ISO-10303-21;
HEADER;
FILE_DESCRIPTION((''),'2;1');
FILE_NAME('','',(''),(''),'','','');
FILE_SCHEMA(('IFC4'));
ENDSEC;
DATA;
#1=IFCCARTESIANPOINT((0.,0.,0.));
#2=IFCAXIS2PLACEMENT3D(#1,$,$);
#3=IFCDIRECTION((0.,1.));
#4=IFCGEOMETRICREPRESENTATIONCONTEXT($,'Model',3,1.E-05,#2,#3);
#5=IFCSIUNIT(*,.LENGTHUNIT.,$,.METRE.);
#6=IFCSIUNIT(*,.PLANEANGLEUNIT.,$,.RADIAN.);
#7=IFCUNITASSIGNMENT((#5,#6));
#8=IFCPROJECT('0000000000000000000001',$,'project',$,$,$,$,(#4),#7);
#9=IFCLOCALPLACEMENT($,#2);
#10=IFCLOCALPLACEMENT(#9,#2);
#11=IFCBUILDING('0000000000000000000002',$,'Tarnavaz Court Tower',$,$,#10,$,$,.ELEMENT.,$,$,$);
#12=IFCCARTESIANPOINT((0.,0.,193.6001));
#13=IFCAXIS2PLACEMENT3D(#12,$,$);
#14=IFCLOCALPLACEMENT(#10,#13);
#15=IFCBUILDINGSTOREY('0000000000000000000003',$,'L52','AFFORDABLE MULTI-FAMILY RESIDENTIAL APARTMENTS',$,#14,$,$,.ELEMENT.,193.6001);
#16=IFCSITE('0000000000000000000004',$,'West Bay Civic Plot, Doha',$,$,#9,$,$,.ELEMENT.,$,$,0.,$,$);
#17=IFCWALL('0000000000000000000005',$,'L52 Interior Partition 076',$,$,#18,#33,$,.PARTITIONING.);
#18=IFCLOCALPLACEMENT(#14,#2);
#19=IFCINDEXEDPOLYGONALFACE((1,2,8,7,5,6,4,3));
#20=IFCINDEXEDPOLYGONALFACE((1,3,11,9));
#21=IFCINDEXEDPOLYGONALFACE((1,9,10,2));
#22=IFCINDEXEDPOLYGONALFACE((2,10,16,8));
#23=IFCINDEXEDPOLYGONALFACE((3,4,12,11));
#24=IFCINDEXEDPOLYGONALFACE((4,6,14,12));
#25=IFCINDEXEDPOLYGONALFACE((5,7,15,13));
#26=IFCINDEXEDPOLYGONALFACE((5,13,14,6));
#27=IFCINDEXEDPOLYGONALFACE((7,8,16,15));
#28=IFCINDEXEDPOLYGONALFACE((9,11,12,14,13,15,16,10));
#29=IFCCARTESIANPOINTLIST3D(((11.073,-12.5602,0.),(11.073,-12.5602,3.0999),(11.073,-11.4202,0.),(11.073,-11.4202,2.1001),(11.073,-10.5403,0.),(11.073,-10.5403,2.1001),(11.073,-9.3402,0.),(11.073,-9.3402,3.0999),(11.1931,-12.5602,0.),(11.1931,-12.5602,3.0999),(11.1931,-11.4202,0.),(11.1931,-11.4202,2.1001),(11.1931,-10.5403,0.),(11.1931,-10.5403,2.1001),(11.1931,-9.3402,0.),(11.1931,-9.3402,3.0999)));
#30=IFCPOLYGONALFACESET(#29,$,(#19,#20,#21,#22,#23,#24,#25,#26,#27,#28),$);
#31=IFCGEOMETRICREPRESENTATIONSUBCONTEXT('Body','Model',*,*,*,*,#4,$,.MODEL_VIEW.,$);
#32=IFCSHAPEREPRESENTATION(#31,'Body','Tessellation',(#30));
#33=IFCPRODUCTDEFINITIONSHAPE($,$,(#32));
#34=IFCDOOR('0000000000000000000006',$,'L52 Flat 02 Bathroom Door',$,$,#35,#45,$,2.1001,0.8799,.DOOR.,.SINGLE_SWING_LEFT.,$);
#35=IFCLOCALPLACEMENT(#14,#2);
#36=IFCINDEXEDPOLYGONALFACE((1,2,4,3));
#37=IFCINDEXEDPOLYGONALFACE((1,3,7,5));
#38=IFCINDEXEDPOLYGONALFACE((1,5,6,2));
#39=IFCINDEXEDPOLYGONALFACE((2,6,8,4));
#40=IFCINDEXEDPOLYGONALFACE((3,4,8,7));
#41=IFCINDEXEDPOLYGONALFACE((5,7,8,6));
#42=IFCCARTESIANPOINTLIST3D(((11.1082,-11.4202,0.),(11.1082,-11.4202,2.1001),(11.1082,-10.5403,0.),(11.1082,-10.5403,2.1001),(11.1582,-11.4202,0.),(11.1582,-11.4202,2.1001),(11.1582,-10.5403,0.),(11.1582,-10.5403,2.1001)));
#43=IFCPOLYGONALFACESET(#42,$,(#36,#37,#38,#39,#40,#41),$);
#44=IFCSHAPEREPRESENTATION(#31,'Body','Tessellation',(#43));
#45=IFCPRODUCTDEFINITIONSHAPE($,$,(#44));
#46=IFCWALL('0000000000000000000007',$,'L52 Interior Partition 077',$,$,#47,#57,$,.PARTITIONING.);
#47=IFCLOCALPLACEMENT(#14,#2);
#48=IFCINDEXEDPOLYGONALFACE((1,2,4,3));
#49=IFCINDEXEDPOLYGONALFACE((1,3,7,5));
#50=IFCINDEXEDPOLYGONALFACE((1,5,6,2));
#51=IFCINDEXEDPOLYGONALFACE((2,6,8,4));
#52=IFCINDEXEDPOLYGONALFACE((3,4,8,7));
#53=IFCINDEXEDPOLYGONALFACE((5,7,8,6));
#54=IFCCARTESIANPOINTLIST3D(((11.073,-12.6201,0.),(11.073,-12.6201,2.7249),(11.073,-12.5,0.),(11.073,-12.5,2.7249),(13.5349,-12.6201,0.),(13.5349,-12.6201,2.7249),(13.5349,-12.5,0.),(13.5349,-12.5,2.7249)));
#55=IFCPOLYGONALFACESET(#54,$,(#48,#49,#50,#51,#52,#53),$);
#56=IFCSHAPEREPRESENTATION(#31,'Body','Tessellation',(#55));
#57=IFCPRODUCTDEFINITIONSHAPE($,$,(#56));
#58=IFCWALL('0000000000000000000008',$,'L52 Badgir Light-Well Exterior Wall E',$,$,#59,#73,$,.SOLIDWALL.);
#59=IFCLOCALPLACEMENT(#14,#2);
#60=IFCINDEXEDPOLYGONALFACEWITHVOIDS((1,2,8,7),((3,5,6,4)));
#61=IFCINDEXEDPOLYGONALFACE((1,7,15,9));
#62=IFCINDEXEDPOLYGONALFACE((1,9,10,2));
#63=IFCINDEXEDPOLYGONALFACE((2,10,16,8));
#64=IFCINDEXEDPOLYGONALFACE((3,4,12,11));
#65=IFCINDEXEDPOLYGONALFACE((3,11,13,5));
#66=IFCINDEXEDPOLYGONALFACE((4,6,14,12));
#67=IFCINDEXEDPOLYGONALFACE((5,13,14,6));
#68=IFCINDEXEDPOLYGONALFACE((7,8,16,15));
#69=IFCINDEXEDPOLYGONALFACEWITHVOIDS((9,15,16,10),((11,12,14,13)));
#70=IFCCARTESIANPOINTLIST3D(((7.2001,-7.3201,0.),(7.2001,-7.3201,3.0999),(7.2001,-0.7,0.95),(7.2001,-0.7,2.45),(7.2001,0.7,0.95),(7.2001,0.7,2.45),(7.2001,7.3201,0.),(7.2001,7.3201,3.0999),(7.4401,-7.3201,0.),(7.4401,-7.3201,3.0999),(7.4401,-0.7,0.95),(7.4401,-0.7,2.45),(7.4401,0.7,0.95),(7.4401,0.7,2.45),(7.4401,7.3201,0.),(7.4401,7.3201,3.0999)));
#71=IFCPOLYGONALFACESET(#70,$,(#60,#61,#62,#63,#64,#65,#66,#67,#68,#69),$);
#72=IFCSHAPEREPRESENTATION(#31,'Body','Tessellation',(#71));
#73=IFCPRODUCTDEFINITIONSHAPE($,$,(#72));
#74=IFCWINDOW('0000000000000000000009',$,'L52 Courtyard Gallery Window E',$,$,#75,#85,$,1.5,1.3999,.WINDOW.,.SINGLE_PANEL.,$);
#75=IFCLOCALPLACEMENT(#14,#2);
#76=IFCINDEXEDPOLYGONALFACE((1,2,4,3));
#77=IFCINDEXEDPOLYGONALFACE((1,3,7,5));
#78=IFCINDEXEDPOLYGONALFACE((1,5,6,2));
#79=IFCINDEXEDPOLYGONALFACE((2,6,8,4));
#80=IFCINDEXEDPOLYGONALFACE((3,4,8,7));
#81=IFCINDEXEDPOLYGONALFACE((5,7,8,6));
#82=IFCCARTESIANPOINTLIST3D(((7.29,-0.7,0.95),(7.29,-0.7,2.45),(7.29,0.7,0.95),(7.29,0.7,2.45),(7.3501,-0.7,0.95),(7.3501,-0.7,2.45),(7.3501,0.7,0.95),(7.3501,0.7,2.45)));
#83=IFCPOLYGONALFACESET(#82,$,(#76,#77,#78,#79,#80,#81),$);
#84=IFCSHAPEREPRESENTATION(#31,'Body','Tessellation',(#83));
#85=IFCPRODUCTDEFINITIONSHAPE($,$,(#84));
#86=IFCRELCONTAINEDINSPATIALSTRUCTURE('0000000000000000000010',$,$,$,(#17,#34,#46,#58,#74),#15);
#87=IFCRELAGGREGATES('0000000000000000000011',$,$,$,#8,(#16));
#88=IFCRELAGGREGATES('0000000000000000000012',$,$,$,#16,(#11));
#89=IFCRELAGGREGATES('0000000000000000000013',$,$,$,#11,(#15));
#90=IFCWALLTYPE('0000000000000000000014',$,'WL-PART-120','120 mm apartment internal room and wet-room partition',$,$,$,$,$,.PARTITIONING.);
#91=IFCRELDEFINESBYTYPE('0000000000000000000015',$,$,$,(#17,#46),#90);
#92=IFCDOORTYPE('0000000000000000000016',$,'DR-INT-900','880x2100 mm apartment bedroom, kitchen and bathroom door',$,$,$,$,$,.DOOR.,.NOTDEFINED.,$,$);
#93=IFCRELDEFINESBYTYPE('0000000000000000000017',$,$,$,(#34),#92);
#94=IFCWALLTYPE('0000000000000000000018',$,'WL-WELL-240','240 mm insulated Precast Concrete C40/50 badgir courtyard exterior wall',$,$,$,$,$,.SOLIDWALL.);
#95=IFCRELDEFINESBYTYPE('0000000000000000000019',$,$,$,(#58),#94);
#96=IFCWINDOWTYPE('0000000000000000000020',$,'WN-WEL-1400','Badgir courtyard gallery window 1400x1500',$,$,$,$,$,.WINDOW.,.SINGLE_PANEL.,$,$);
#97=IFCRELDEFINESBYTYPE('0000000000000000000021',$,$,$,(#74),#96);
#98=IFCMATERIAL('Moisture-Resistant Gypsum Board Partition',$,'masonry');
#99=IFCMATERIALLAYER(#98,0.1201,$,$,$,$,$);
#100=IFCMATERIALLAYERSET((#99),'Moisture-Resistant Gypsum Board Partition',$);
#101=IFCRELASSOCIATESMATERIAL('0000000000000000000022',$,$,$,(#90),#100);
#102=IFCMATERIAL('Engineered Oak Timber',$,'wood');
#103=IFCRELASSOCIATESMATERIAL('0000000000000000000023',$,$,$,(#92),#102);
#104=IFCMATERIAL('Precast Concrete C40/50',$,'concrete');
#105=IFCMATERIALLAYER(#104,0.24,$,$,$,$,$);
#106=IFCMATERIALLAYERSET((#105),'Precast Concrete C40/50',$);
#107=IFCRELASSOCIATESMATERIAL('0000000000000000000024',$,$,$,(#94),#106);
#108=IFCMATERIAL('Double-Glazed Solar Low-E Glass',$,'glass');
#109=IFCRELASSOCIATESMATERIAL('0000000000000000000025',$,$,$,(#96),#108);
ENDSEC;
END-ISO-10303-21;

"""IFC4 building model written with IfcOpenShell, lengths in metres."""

from ifc_helpers import new_model, si_unit, direction, frame, frame_2d, origin, place, context, subcontext, project, spatial, rectangle, extrude, material, layer, layer_set, type_object, element, fill, save


model = new_model("IFC4")

# Units and contexts
model_context = context("Model", 3, precision=1e-05, world=origin(), true_north=direction((0.0, 1.0)))
body_context = subcontext(model_context, "Body", "Model", "MODEL_VIEW")
ifc_project = project(units=[si_unit("LENGTHUNIT", "METRE"), si_unit("PLANEANGLEUNIT", "RADIAN")], contexts=[model_context])

# Site, building, storey
site_placement = place(None, origin())
site = spatial("IfcSite", under=ifc_project, at=site_placement, Name="West Bay Civic Plot, Doha", CompositionType="ELEMENT", RefElevation=0.0)
building_placement = place(site_placement, origin())
building = spatial("IfcBuilding", under=site, at=building_placement, Name="Tarnavaz Court Tower", CompositionType="ELEMENT")
storey_placement = place(building_placement, frame((0.0, 0.0, 193.6001)))
storey = spatial("IfcBuildingStorey", under=building, at=storey_placement, Name="L52", Description="AFFORDABLE MULTI-FAMILY RESIDENTIAL APARTMENTS", CompositionType="ELEMENT", Elevation=193.6001)

# Wall, opening, door
ifc_material_1 = material(Name="Moisture-Resistant Gypsum Board Partition", Category="masonry")
ifc_layer_1 = layer(ifc_material_1, 0.1201)
ifc_layer_set_1 = layer_set([ifc_layer_1], Name="Moisture-Resistant Gypsum Board Partition")
wall_type_1 = type_object("IfcWallType", Name="WL-PART-120", Description="120 mm apartment internal room and wet-room partition", PredefinedType="PARTITIONING", material=ifc_layer_set_1)
wall_1_placement = place(storey_placement, frame((11.1331, -12.5601, 0.0), z_axis=(0.0, 0.0, 1.0), x_axis=(0.0, 1.0, 0.0)))
wall_1 = element("IfcWall", 1, at=wall_1_placement, inside=storey, type_object=wall_type_1, Name="L52 Interior Partition 076", PredefinedType="PARTITIONING", context=body_context, shape_type="SweptSolid", body=[
    extrude(rectangle(XDim=3.22, YDim=0.1201, at=frame_2d((1.6099, 0.0))), origin(), (0.0, 0.0, 1.0), 3.0999),
])
opening_1_placement = place(wall_1_placement, frame((1.1399, 0.0, 0.0)))
opening_1 = element("IfcOpeningElement", 2, at=opening_1_placement, cuts=wall_1, PredefinedType="OPENING", context=body_context, shape_type="SweptSolid", body=[
    extrude(rectangle(XDim=0.8799, YDim=2.1001, at=frame_2d((0.4399, 1.05))), frame((0.0, 0.0701, 0.0), z_axis=(0.0, -1.0, 0.0), x_axis=(1.0, 0.0, 0.0)), (0.0, 0.0, 1.0), 0.1401),
])
ifc_material_2 = material(Name="Engineered Oak Timber", Category="wood")
door_type_1 = type_object("IfcDoorType", Name="DR-INT-900", Description="880x2100 mm apartment bedroom, kitchen and bathroom door", OperationType="NOTDEFINED", PredefinedType="DOOR", material=ifc_material_2)
door_1_placement = place(opening_1_placement, origin())
door_1 = element("IfcDoor", 3, at=door_1_placement, inside=storey, type_object=door_type_1, Name="L52 Flat 02 Bathroom Door", OperationType="SINGLE_SWING_LEFT", OverallHeight=2.1001, OverallWidth=0.8799, PredefinedType="DOOR", context=body_context, shape_type="SweptSolid", body=[
    extrude(rectangle(XDim=0.8799, YDim=2.1001, at=frame_2d((0.4399, 1.05))), frame((0.0, 0.0249, 0.0), z_axis=(0.0, -1.0, 0.0), x_axis=(1.0, 0.0, 0.0)), (0.0, 0.0, 1.0), 0.05),
])
fill(opening_1, door_1)

# Wall
wall_2_placement = place(storey_placement, frame((11.073, -12.5601, 0.0), z_axis=(0.0, 0.0, 1.0), x_axis=(1.0, 0.0, 0.0)))
element("IfcWall", 4, at=wall_2_placement, inside=storey, type_object=wall_type_1, Name="L52 Interior Partition 077", PredefinedType="PARTITIONING", context=body_context, shape_type="SweptSolid", body=[
    extrude(rectangle(XDim=2.4619, YDim=0.1201, at=frame_2d((1.231, 0.0))), origin(), (0.0, 0.0, 1.0), 2.7249),
])

# Wall, opening, window
ifc_material_3 = material(Name="Precast Concrete C40/50", Category="concrete")
ifc_layer_2 = layer(ifc_material_3, 0.24)
ifc_layer_set_2 = layer_set([ifc_layer_2], Name="Precast Concrete C40/50")
wall_type_2 = type_object("IfcWallType", Name="WL-WELL-240", Description="240 mm insulated Precast Concrete C40/50 badgir courtyard exterior wall", PredefinedType="SOLIDWALL", material=ifc_layer_set_2)
wall_3_placement = place(storey_placement, frame((7.3201, -7.3201, 0.0), z_axis=(0.0, 0.0, 1.0), x_axis=(0.0, 1.0, 0.0)))
wall_3 = element("IfcWall", 5, at=wall_3_placement, inside=storey, type_object=wall_type_2, Name="L52 Badgir Light-Well Exterior Wall E", PredefinedType="SOLIDWALL", context=body_context, shape_type="SweptSolid", body=[
    extrude(rectangle(XDim=14.6401, YDim=0.24, at=frame_2d((7.3201, 0.0))), origin(), (0.0, 0.0, 1.0), 3.0999),
])
opening_2_placement = place(wall_3_placement, frame((6.6201, 0.0, 0.95)))
opening_2 = element("IfcOpeningElement", 6, at=opening_2_placement, cuts=wall_3, PredefinedType="OPENING", context=body_context, shape_type="SweptSolid", body=[
    extrude(rectangle(XDim=1.3999, YDim=1.5, at=frame_2d((0.7, 0.75))), frame((0.0, 0.1299, 0.0), z_axis=(0.0, -1.0, 0.0), x_axis=(1.0, 0.0, 0.0)), (0.0, 0.0, 1.0), 0.26),
])
ifc_material_4 = material(Name="Double-Glazed Solar Low-E Glass", Category="glass")
window_type = type_object("IfcWindowType", Name="WN-WEL-1400", Description="Badgir courtyard gallery window 1400x1500", PartitioningType="SINGLE_PANEL", PredefinedType="WINDOW", material=ifc_material_4)
window_placement = place(opening_2_placement, origin())
window = element("IfcWindow", 7, at=window_placement, inside=storey, type_object=window_type, Name="L52 Courtyard Gallery Window E", OverallHeight=1.5, OverallWidth=1.3999, PartitioningType="SINGLE_PANEL", PredefinedType="WINDOW", context=body_context, shape_type="SweptSolid", body=[
    extrude(rectangle(XDim=1.3999, YDim=1.5, at=frame_2d((0.7, 0.75))), frame((0.0, 0.03, 0.0), z_axis=(0.0, -1.0, 0.0), x_axis=(1.0, 0.0, 0.0)), (0.0, 0.0, 1.0), 0.0601),
])
fill(opening_2, window)

save(model, "model.ifc")
